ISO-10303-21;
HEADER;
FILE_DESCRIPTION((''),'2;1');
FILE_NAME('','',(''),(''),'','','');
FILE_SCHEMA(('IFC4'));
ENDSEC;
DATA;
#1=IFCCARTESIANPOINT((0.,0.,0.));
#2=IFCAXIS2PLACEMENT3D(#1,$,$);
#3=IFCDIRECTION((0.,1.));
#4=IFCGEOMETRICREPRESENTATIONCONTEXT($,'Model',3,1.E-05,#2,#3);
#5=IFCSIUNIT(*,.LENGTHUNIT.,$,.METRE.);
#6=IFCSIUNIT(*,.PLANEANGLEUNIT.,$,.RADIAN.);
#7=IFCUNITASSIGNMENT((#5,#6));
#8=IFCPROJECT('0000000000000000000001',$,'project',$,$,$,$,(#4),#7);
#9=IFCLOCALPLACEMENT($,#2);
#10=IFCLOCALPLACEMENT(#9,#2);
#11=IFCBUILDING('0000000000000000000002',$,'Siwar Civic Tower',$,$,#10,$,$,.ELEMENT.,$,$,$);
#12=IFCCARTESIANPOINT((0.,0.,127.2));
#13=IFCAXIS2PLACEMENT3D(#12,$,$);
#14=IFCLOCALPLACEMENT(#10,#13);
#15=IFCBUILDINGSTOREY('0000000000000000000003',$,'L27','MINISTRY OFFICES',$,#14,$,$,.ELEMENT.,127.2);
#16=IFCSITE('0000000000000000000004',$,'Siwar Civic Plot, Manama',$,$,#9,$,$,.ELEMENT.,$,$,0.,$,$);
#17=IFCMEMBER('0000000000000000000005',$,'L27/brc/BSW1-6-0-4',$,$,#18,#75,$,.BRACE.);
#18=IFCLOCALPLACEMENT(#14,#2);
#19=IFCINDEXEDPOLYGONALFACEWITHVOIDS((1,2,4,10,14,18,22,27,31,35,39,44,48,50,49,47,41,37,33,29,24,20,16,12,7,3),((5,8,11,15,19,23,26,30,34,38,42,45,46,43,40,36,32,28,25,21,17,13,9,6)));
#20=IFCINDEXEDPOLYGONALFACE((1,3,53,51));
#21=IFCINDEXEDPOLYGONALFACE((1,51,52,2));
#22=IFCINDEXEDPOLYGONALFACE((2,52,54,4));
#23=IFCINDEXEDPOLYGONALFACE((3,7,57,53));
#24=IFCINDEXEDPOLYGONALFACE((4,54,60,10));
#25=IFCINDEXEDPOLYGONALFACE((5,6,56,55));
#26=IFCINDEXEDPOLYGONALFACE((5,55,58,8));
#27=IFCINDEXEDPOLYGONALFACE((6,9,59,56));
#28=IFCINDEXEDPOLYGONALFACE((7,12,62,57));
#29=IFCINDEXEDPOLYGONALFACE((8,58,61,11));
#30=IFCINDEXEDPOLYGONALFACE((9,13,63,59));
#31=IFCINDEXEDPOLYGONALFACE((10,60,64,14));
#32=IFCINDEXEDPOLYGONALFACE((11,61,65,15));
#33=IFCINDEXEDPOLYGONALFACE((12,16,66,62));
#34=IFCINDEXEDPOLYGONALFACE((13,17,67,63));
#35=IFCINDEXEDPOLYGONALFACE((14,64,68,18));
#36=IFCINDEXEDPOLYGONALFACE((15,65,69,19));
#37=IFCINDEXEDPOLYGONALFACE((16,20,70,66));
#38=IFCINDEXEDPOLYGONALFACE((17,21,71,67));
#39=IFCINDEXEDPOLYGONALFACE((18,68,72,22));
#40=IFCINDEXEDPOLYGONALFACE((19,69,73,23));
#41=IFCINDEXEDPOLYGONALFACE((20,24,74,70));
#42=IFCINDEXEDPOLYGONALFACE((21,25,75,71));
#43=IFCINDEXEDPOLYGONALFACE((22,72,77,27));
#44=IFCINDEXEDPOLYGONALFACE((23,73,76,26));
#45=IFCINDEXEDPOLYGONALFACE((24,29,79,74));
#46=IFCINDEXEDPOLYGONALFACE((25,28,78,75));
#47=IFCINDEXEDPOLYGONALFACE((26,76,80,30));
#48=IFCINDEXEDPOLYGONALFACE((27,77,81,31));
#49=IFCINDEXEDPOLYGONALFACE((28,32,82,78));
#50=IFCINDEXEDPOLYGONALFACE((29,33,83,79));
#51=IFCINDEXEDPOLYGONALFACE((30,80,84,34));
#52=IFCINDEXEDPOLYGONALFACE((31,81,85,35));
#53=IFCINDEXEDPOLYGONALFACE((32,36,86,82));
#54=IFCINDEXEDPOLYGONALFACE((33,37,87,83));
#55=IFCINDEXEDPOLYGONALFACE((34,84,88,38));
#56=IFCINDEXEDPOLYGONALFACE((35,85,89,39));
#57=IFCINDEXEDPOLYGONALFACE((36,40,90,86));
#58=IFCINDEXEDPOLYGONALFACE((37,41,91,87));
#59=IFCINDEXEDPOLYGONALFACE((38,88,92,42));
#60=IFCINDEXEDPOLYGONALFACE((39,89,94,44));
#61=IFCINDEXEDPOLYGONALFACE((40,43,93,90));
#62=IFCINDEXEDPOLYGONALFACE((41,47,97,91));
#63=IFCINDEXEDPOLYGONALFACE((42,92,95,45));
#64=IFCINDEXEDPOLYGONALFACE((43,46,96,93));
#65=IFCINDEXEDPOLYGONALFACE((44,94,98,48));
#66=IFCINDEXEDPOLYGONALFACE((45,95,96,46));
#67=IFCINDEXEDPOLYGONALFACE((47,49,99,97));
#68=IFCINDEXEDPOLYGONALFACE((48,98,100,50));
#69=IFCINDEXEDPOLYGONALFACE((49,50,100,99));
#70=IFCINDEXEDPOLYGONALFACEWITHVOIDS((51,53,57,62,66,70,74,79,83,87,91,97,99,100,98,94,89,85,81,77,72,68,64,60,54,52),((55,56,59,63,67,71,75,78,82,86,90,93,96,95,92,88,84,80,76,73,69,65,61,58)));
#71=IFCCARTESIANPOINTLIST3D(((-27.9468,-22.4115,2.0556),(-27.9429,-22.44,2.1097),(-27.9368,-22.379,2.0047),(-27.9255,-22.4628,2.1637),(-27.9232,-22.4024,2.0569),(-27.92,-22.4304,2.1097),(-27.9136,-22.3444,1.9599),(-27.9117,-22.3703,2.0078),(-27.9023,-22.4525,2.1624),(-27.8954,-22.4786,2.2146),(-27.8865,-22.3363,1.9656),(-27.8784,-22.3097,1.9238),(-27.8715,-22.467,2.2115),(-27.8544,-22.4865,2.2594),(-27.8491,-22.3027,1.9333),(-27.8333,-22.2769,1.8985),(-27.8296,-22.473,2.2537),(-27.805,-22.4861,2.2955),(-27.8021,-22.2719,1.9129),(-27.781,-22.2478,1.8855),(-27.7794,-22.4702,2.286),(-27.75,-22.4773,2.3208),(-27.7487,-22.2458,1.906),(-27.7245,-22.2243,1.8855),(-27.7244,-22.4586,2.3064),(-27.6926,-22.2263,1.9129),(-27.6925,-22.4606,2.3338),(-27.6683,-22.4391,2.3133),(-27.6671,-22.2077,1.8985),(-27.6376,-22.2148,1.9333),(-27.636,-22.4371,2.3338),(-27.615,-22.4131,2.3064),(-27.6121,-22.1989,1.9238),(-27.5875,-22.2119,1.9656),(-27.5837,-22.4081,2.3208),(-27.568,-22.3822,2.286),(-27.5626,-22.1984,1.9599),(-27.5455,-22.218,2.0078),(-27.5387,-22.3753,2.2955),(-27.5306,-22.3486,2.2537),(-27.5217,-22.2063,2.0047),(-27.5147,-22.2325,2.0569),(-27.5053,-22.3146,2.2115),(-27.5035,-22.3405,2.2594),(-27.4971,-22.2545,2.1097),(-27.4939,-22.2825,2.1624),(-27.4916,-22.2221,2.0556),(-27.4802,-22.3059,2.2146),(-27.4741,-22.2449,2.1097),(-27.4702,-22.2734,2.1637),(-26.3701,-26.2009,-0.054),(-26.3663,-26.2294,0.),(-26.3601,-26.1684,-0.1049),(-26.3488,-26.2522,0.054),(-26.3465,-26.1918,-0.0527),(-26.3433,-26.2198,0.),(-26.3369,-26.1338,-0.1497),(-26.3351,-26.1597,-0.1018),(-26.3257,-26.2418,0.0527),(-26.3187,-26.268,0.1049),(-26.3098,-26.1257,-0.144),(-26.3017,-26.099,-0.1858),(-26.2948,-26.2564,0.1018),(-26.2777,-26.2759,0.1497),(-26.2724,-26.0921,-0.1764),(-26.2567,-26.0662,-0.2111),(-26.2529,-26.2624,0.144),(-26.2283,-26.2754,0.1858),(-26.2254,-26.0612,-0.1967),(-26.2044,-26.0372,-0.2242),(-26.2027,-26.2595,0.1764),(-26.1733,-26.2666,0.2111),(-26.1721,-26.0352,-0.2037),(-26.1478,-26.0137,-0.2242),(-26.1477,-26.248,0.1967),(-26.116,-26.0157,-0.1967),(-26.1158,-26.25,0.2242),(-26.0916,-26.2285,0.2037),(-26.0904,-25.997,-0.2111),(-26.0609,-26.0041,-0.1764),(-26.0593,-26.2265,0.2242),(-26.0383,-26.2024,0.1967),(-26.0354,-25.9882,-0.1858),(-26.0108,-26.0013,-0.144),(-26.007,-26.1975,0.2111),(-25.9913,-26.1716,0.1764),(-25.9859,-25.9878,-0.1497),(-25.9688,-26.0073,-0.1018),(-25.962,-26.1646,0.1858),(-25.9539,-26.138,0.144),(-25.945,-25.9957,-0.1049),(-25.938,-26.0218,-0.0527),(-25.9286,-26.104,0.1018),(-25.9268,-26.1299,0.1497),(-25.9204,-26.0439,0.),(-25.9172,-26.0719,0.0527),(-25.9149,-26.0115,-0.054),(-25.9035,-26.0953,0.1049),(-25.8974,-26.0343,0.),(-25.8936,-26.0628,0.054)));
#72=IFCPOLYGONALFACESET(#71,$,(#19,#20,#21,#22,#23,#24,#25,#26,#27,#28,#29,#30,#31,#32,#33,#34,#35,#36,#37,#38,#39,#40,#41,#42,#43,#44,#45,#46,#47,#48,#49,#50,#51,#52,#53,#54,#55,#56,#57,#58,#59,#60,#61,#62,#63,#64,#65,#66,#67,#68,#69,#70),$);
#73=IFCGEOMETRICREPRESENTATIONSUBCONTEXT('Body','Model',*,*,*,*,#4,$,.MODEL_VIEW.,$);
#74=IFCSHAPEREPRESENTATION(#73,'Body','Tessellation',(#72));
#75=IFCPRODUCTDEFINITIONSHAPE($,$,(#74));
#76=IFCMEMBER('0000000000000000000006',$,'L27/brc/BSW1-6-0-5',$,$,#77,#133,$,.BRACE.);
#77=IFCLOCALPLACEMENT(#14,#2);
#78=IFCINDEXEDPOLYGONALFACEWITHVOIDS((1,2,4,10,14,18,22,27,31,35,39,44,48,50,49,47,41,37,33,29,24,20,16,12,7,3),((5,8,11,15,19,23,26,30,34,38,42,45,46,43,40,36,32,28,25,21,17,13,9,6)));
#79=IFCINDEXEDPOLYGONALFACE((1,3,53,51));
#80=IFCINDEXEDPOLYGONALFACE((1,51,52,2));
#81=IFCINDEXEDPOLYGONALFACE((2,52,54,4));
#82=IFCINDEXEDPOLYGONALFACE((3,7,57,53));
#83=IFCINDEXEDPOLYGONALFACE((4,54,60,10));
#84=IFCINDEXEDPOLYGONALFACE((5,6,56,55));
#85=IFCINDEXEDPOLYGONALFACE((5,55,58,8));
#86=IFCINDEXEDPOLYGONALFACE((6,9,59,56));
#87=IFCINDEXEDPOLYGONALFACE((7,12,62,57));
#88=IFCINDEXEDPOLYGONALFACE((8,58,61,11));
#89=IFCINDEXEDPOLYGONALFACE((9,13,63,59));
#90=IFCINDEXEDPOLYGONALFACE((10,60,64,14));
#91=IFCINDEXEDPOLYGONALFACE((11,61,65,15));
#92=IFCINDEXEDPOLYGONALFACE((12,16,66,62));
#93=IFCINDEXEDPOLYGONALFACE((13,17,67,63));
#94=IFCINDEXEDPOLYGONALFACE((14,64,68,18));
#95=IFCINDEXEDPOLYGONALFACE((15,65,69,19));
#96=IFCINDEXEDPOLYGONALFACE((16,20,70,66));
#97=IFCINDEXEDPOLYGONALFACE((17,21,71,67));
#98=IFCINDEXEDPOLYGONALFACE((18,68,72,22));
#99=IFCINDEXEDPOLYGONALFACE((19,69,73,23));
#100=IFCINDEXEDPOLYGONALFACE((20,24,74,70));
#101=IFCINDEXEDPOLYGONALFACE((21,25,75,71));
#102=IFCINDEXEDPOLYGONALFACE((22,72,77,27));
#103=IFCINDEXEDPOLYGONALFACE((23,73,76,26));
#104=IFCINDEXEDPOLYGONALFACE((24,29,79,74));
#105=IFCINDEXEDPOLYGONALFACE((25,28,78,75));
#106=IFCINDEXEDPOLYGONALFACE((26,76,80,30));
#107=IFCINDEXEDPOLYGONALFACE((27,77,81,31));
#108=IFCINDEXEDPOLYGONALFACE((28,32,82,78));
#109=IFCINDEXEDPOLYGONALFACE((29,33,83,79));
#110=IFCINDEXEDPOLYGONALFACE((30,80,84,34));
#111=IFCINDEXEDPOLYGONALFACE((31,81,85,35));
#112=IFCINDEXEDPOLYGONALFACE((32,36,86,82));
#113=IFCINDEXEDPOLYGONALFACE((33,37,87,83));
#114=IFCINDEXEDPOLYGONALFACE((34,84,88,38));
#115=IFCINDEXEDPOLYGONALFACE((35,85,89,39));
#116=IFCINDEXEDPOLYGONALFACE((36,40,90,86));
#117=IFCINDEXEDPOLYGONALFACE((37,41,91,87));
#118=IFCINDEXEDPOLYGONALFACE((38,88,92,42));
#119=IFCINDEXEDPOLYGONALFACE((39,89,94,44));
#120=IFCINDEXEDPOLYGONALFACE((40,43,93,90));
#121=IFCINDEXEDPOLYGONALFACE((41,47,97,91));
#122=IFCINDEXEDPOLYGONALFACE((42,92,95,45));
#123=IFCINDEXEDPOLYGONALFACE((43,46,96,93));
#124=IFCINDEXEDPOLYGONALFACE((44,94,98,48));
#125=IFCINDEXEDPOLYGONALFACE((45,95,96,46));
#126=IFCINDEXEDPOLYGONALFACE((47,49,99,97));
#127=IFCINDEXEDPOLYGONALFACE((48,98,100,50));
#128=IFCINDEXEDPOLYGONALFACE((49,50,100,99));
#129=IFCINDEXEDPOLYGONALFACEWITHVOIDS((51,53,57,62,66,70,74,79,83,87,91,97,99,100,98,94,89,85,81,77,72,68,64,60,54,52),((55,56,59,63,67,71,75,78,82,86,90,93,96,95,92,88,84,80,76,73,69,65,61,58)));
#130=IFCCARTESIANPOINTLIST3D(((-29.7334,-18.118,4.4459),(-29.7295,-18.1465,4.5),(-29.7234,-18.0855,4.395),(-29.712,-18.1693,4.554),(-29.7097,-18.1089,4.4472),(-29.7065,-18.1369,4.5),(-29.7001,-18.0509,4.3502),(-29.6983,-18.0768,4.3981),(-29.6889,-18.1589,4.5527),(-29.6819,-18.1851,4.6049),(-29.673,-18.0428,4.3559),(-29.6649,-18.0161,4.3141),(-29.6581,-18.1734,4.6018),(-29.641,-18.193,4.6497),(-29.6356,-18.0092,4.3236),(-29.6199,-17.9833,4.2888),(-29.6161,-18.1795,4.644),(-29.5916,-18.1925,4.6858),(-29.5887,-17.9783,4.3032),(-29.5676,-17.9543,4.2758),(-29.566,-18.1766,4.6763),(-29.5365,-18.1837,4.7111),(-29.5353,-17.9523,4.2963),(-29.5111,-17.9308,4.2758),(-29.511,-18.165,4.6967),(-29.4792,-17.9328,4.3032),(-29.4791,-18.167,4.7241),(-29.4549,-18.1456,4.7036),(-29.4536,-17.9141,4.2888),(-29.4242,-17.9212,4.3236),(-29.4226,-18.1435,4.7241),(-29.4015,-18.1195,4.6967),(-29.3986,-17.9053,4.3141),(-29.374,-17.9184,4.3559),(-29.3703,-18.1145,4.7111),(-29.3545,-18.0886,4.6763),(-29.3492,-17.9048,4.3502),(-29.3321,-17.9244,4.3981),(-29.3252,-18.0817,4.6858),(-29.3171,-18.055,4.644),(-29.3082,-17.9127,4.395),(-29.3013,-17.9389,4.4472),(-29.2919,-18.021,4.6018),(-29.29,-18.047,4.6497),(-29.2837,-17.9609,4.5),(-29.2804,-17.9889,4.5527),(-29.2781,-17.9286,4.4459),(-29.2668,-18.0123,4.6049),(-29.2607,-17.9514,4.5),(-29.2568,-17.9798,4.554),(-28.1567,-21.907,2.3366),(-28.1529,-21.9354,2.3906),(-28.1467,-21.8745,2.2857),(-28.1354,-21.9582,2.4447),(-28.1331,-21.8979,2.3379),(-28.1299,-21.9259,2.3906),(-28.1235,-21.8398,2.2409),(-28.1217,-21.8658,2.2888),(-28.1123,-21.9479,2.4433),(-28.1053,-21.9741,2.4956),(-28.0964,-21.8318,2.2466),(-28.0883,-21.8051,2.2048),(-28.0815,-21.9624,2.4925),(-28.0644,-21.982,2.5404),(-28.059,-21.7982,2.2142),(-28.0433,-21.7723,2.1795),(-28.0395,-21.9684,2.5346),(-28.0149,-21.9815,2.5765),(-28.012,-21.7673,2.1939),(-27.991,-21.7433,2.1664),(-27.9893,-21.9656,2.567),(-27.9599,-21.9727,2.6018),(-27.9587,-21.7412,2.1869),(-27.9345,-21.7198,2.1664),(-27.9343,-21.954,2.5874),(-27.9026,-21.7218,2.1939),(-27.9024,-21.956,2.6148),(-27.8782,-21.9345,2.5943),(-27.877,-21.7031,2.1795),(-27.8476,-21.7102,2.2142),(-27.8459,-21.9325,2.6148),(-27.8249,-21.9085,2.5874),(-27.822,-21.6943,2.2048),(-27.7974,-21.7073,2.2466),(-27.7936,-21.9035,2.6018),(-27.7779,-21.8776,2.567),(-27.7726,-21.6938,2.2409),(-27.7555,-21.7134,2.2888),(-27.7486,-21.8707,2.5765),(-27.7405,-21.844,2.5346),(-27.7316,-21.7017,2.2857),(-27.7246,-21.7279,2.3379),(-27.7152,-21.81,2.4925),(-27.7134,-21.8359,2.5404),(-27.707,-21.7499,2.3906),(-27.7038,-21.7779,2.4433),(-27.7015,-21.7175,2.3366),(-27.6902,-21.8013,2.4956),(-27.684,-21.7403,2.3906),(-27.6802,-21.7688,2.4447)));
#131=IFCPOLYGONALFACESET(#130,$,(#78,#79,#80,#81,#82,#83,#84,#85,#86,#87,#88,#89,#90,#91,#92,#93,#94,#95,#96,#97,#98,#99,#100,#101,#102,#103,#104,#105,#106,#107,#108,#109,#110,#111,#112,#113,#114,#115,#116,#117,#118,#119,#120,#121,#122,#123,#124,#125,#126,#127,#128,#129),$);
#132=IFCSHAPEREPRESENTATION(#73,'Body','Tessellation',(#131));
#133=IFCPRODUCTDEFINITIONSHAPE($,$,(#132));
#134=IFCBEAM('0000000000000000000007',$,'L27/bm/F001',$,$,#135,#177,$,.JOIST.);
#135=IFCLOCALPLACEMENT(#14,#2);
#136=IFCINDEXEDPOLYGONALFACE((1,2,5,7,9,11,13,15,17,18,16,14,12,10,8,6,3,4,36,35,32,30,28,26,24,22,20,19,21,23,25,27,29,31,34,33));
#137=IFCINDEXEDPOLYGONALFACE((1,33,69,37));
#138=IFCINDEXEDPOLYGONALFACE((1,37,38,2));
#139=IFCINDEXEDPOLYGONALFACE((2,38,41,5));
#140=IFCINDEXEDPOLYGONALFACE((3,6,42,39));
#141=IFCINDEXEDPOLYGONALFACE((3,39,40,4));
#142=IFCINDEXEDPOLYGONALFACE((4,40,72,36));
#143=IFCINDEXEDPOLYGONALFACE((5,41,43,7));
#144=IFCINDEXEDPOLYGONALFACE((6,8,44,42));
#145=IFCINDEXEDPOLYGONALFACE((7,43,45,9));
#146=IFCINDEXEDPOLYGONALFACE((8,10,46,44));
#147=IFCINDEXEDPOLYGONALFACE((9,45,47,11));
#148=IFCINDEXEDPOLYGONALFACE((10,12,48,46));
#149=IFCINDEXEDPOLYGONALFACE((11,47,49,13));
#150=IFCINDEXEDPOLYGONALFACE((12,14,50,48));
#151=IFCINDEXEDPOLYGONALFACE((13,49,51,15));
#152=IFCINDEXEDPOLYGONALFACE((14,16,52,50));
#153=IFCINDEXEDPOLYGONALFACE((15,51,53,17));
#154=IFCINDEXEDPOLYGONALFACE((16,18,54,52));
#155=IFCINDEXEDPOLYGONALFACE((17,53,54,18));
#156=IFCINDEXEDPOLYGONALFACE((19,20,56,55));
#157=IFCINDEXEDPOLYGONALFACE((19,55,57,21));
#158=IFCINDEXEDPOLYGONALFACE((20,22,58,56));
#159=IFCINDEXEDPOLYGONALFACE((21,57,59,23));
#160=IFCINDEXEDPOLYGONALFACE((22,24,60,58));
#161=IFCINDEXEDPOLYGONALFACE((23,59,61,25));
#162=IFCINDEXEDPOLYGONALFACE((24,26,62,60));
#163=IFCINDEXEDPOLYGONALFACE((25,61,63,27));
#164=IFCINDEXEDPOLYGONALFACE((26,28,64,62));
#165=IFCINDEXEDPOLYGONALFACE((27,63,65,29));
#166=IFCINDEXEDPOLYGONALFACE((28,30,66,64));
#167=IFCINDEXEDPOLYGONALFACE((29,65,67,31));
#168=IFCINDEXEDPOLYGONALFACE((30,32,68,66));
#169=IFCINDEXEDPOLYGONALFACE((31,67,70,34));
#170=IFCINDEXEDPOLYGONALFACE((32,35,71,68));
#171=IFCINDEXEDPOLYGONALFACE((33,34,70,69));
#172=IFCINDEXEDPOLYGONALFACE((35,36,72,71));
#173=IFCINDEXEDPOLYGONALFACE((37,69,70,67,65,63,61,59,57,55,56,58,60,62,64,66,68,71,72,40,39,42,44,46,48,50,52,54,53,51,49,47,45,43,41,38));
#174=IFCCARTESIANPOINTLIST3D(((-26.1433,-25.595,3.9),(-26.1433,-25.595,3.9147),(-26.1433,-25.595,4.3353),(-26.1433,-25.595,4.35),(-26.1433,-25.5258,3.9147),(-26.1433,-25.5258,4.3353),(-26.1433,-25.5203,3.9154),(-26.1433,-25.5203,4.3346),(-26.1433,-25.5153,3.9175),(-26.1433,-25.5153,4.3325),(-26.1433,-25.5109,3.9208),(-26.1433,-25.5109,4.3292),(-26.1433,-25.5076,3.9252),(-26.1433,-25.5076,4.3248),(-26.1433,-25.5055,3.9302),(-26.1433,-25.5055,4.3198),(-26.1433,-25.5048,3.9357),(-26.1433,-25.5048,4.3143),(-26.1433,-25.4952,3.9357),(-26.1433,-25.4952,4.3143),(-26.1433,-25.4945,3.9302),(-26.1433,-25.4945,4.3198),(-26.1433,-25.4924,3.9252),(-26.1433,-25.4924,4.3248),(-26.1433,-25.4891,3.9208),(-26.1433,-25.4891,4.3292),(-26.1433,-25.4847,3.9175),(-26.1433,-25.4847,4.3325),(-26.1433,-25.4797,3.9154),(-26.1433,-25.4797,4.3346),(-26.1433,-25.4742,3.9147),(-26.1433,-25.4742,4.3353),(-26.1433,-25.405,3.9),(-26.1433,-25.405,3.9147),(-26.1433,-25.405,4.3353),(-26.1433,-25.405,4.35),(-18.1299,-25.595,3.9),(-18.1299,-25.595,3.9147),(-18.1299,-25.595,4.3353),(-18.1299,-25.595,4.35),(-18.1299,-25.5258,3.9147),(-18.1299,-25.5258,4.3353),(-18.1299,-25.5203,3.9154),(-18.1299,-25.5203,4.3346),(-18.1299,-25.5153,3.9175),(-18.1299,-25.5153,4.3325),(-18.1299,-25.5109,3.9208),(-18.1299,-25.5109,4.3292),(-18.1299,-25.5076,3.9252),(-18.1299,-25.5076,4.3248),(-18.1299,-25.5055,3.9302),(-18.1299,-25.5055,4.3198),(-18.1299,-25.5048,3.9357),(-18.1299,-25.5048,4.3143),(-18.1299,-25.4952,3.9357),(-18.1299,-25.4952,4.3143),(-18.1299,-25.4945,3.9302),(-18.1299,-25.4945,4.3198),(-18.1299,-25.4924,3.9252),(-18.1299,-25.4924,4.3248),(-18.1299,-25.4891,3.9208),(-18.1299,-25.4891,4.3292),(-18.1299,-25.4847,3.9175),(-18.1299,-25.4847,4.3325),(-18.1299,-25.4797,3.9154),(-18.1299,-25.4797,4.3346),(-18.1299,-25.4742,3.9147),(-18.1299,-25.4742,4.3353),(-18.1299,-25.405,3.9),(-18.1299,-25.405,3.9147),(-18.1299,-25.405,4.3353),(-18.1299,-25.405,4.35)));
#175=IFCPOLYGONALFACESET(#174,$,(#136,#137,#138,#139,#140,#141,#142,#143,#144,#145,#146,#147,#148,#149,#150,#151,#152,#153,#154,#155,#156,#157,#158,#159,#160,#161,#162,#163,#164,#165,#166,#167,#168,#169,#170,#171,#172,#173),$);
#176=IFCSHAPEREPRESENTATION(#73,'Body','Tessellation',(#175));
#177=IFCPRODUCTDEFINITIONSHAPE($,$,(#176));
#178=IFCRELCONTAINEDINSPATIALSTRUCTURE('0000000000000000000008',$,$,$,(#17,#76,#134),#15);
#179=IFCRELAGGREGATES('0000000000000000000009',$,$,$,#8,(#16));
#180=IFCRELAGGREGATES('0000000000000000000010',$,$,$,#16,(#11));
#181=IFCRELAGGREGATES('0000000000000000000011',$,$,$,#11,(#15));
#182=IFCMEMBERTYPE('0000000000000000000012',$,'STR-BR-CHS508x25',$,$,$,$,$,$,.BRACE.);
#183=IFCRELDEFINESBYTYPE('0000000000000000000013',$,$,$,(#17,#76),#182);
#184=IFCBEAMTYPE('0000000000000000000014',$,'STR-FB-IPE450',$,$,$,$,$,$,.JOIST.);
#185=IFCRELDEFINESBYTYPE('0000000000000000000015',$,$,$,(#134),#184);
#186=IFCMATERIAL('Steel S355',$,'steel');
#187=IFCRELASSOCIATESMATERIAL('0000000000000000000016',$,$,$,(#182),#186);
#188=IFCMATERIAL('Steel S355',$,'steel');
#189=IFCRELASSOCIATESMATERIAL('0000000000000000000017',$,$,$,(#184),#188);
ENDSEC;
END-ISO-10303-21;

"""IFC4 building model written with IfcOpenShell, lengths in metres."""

from ifc_helpers import new_model, si_unit, direction, frame, origin, origin_2d, place, context, subcontext, project, spatial, hollow_circle, i_section, extrude, material, material_profile, profile_set, type_object, element, save


model = new_model("IFC4")

# Units and contexts
model_context = context("Model", 3, precision=1e-05, world=origin(), true_north=direction((0.0, 1.0)))
body_context = subcontext(model_context, "Body", "Model", "MODEL_VIEW")
ifc_project = project(units=[si_unit("LENGTHUNIT", "METRE"), si_unit("PLANEANGLEUNIT", "RADIAN")], contexts=[model_context])

# Site, building, storey
site_placement = place(None, origin())
site = spatial("IfcSite", under=ifc_project, at=site_placement, Name="Siwar Civic Plot, Manama", CompositionType="ELEMENT", RefElevation=0.0)
building_placement = place(site_placement, origin())
building = spatial("IfcBuilding", under=site, at=building_placement, Name="Siwar Civic Tower", CompositionType="ELEMENT")
storey_placement = place(building_placement, frame((0.0, 0.0, 127.2)))
storey = spatial("IfcBuildingStorey", under=building, at=storey_placement, Name="L27", Description="MINISTRY OFFICES", CompositionType="ELEMENT", Elevation=127.2)

# Members
ifc_material_1 = material(Name="Steel S355", Category="steel")
ifc_material_profile_1 = material_profile(ifc_material_1, hollow_circle(Radius=0.2539, WallThickness=0.0249, at=origin_2d()), Name="CHS508x25")
ifc_profile_set_1 = profile_set([ifc_material_profile_1], Name="Steel S355")
member_type_1 = type_object("IfcMemberType", Name="STR-BR-CHS508x25", PredefinedType="BRACE", material=ifc_profile_set_1)
member_1_placement = place(storey_placement, frame((-26.1318, -26.1318, 0.0), z_axis=(-0.341662, 0.821143, 0.457155), x_axis=(-0.923269, -0.384155, 0.0)))
element("IfcMember", 1, at=member_1_placement, inside=storey, type_object=member_type_1, Name="L27/brc/BSW1-6-0-4", PredefinedType="BRACE", context=body_context, shape_type="SweptSolid", body=[
    extrude(hollow_circle(Radius=0.2539, WallThickness=0.0249, at=origin_2d()), origin(), (0.0, 0.0, 1.0), 4.6147),
])
member_2_placement = place(storey_placement, frame((-27.9185, -21.8379, 2.3906), z_axis=(-0.341686, 0.821146, 0.457133), x_axis=(-0.92326, -0.384176, 0.0)))
element("IfcMember", 2, at=member_2_placement, inside=storey, type_object=member_type_1, Name="L27/brc/BSW1-6-0-5", PredefinedType="BRACE", context=body_context, shape_type="SweptSolid", body=[
    extrude(hollow_circle(Radius=0.2539, WallThickness=0.0249, at=origin_2d()), origin(), (0.0, 0.0, 1.0), 4.6143),
])

# Beam
ifc_material_2 = material(Name="Steel S355", Category="steel")
ifc_material_profile_2 = material_profile(ifc_material_2, i_section(OverallWidth=0.1899, OverallDepth=0.45, WebThickness=0.0095, FlangeThickness=0.0146, FilletRadius=0.021, at=origin_2d()), Name="IPE450")
ifc_profile_set_2 = profile_set([ifc_material_profile_2], Name="Steel S355")
beam_type_1 = type_object("IfcBeamType", Name="STR-FB-IPE450", PredefinedType="JOIST", material=ifc_profile_set_2)
beam_1_placement = place(storey_placement, frame((-26.1433, -25.5, 4.125), z_axis=(1.0, 0.0, 0.0), x_axis=(0.0, 1.0, 0.0)))
element("IfcBeam", 3, at=beam_1_placement, inside=storey, type_object=beam_type_1, Name="L27/bm/F001", PredefinedType="JOIST", context=body_context, shape_type="SweptSolid", body=[
    extrude(i_section(OverallWidth=0.1899, OverallDepth=0.45, WebThickness=0.0095, FlangeThickness=0.0146, FilletRadius=0.021, at=origin_2d()), origin(), (0.0, 0.0, 1.0), 8.0134),
])

save(model, "model.ifc")
